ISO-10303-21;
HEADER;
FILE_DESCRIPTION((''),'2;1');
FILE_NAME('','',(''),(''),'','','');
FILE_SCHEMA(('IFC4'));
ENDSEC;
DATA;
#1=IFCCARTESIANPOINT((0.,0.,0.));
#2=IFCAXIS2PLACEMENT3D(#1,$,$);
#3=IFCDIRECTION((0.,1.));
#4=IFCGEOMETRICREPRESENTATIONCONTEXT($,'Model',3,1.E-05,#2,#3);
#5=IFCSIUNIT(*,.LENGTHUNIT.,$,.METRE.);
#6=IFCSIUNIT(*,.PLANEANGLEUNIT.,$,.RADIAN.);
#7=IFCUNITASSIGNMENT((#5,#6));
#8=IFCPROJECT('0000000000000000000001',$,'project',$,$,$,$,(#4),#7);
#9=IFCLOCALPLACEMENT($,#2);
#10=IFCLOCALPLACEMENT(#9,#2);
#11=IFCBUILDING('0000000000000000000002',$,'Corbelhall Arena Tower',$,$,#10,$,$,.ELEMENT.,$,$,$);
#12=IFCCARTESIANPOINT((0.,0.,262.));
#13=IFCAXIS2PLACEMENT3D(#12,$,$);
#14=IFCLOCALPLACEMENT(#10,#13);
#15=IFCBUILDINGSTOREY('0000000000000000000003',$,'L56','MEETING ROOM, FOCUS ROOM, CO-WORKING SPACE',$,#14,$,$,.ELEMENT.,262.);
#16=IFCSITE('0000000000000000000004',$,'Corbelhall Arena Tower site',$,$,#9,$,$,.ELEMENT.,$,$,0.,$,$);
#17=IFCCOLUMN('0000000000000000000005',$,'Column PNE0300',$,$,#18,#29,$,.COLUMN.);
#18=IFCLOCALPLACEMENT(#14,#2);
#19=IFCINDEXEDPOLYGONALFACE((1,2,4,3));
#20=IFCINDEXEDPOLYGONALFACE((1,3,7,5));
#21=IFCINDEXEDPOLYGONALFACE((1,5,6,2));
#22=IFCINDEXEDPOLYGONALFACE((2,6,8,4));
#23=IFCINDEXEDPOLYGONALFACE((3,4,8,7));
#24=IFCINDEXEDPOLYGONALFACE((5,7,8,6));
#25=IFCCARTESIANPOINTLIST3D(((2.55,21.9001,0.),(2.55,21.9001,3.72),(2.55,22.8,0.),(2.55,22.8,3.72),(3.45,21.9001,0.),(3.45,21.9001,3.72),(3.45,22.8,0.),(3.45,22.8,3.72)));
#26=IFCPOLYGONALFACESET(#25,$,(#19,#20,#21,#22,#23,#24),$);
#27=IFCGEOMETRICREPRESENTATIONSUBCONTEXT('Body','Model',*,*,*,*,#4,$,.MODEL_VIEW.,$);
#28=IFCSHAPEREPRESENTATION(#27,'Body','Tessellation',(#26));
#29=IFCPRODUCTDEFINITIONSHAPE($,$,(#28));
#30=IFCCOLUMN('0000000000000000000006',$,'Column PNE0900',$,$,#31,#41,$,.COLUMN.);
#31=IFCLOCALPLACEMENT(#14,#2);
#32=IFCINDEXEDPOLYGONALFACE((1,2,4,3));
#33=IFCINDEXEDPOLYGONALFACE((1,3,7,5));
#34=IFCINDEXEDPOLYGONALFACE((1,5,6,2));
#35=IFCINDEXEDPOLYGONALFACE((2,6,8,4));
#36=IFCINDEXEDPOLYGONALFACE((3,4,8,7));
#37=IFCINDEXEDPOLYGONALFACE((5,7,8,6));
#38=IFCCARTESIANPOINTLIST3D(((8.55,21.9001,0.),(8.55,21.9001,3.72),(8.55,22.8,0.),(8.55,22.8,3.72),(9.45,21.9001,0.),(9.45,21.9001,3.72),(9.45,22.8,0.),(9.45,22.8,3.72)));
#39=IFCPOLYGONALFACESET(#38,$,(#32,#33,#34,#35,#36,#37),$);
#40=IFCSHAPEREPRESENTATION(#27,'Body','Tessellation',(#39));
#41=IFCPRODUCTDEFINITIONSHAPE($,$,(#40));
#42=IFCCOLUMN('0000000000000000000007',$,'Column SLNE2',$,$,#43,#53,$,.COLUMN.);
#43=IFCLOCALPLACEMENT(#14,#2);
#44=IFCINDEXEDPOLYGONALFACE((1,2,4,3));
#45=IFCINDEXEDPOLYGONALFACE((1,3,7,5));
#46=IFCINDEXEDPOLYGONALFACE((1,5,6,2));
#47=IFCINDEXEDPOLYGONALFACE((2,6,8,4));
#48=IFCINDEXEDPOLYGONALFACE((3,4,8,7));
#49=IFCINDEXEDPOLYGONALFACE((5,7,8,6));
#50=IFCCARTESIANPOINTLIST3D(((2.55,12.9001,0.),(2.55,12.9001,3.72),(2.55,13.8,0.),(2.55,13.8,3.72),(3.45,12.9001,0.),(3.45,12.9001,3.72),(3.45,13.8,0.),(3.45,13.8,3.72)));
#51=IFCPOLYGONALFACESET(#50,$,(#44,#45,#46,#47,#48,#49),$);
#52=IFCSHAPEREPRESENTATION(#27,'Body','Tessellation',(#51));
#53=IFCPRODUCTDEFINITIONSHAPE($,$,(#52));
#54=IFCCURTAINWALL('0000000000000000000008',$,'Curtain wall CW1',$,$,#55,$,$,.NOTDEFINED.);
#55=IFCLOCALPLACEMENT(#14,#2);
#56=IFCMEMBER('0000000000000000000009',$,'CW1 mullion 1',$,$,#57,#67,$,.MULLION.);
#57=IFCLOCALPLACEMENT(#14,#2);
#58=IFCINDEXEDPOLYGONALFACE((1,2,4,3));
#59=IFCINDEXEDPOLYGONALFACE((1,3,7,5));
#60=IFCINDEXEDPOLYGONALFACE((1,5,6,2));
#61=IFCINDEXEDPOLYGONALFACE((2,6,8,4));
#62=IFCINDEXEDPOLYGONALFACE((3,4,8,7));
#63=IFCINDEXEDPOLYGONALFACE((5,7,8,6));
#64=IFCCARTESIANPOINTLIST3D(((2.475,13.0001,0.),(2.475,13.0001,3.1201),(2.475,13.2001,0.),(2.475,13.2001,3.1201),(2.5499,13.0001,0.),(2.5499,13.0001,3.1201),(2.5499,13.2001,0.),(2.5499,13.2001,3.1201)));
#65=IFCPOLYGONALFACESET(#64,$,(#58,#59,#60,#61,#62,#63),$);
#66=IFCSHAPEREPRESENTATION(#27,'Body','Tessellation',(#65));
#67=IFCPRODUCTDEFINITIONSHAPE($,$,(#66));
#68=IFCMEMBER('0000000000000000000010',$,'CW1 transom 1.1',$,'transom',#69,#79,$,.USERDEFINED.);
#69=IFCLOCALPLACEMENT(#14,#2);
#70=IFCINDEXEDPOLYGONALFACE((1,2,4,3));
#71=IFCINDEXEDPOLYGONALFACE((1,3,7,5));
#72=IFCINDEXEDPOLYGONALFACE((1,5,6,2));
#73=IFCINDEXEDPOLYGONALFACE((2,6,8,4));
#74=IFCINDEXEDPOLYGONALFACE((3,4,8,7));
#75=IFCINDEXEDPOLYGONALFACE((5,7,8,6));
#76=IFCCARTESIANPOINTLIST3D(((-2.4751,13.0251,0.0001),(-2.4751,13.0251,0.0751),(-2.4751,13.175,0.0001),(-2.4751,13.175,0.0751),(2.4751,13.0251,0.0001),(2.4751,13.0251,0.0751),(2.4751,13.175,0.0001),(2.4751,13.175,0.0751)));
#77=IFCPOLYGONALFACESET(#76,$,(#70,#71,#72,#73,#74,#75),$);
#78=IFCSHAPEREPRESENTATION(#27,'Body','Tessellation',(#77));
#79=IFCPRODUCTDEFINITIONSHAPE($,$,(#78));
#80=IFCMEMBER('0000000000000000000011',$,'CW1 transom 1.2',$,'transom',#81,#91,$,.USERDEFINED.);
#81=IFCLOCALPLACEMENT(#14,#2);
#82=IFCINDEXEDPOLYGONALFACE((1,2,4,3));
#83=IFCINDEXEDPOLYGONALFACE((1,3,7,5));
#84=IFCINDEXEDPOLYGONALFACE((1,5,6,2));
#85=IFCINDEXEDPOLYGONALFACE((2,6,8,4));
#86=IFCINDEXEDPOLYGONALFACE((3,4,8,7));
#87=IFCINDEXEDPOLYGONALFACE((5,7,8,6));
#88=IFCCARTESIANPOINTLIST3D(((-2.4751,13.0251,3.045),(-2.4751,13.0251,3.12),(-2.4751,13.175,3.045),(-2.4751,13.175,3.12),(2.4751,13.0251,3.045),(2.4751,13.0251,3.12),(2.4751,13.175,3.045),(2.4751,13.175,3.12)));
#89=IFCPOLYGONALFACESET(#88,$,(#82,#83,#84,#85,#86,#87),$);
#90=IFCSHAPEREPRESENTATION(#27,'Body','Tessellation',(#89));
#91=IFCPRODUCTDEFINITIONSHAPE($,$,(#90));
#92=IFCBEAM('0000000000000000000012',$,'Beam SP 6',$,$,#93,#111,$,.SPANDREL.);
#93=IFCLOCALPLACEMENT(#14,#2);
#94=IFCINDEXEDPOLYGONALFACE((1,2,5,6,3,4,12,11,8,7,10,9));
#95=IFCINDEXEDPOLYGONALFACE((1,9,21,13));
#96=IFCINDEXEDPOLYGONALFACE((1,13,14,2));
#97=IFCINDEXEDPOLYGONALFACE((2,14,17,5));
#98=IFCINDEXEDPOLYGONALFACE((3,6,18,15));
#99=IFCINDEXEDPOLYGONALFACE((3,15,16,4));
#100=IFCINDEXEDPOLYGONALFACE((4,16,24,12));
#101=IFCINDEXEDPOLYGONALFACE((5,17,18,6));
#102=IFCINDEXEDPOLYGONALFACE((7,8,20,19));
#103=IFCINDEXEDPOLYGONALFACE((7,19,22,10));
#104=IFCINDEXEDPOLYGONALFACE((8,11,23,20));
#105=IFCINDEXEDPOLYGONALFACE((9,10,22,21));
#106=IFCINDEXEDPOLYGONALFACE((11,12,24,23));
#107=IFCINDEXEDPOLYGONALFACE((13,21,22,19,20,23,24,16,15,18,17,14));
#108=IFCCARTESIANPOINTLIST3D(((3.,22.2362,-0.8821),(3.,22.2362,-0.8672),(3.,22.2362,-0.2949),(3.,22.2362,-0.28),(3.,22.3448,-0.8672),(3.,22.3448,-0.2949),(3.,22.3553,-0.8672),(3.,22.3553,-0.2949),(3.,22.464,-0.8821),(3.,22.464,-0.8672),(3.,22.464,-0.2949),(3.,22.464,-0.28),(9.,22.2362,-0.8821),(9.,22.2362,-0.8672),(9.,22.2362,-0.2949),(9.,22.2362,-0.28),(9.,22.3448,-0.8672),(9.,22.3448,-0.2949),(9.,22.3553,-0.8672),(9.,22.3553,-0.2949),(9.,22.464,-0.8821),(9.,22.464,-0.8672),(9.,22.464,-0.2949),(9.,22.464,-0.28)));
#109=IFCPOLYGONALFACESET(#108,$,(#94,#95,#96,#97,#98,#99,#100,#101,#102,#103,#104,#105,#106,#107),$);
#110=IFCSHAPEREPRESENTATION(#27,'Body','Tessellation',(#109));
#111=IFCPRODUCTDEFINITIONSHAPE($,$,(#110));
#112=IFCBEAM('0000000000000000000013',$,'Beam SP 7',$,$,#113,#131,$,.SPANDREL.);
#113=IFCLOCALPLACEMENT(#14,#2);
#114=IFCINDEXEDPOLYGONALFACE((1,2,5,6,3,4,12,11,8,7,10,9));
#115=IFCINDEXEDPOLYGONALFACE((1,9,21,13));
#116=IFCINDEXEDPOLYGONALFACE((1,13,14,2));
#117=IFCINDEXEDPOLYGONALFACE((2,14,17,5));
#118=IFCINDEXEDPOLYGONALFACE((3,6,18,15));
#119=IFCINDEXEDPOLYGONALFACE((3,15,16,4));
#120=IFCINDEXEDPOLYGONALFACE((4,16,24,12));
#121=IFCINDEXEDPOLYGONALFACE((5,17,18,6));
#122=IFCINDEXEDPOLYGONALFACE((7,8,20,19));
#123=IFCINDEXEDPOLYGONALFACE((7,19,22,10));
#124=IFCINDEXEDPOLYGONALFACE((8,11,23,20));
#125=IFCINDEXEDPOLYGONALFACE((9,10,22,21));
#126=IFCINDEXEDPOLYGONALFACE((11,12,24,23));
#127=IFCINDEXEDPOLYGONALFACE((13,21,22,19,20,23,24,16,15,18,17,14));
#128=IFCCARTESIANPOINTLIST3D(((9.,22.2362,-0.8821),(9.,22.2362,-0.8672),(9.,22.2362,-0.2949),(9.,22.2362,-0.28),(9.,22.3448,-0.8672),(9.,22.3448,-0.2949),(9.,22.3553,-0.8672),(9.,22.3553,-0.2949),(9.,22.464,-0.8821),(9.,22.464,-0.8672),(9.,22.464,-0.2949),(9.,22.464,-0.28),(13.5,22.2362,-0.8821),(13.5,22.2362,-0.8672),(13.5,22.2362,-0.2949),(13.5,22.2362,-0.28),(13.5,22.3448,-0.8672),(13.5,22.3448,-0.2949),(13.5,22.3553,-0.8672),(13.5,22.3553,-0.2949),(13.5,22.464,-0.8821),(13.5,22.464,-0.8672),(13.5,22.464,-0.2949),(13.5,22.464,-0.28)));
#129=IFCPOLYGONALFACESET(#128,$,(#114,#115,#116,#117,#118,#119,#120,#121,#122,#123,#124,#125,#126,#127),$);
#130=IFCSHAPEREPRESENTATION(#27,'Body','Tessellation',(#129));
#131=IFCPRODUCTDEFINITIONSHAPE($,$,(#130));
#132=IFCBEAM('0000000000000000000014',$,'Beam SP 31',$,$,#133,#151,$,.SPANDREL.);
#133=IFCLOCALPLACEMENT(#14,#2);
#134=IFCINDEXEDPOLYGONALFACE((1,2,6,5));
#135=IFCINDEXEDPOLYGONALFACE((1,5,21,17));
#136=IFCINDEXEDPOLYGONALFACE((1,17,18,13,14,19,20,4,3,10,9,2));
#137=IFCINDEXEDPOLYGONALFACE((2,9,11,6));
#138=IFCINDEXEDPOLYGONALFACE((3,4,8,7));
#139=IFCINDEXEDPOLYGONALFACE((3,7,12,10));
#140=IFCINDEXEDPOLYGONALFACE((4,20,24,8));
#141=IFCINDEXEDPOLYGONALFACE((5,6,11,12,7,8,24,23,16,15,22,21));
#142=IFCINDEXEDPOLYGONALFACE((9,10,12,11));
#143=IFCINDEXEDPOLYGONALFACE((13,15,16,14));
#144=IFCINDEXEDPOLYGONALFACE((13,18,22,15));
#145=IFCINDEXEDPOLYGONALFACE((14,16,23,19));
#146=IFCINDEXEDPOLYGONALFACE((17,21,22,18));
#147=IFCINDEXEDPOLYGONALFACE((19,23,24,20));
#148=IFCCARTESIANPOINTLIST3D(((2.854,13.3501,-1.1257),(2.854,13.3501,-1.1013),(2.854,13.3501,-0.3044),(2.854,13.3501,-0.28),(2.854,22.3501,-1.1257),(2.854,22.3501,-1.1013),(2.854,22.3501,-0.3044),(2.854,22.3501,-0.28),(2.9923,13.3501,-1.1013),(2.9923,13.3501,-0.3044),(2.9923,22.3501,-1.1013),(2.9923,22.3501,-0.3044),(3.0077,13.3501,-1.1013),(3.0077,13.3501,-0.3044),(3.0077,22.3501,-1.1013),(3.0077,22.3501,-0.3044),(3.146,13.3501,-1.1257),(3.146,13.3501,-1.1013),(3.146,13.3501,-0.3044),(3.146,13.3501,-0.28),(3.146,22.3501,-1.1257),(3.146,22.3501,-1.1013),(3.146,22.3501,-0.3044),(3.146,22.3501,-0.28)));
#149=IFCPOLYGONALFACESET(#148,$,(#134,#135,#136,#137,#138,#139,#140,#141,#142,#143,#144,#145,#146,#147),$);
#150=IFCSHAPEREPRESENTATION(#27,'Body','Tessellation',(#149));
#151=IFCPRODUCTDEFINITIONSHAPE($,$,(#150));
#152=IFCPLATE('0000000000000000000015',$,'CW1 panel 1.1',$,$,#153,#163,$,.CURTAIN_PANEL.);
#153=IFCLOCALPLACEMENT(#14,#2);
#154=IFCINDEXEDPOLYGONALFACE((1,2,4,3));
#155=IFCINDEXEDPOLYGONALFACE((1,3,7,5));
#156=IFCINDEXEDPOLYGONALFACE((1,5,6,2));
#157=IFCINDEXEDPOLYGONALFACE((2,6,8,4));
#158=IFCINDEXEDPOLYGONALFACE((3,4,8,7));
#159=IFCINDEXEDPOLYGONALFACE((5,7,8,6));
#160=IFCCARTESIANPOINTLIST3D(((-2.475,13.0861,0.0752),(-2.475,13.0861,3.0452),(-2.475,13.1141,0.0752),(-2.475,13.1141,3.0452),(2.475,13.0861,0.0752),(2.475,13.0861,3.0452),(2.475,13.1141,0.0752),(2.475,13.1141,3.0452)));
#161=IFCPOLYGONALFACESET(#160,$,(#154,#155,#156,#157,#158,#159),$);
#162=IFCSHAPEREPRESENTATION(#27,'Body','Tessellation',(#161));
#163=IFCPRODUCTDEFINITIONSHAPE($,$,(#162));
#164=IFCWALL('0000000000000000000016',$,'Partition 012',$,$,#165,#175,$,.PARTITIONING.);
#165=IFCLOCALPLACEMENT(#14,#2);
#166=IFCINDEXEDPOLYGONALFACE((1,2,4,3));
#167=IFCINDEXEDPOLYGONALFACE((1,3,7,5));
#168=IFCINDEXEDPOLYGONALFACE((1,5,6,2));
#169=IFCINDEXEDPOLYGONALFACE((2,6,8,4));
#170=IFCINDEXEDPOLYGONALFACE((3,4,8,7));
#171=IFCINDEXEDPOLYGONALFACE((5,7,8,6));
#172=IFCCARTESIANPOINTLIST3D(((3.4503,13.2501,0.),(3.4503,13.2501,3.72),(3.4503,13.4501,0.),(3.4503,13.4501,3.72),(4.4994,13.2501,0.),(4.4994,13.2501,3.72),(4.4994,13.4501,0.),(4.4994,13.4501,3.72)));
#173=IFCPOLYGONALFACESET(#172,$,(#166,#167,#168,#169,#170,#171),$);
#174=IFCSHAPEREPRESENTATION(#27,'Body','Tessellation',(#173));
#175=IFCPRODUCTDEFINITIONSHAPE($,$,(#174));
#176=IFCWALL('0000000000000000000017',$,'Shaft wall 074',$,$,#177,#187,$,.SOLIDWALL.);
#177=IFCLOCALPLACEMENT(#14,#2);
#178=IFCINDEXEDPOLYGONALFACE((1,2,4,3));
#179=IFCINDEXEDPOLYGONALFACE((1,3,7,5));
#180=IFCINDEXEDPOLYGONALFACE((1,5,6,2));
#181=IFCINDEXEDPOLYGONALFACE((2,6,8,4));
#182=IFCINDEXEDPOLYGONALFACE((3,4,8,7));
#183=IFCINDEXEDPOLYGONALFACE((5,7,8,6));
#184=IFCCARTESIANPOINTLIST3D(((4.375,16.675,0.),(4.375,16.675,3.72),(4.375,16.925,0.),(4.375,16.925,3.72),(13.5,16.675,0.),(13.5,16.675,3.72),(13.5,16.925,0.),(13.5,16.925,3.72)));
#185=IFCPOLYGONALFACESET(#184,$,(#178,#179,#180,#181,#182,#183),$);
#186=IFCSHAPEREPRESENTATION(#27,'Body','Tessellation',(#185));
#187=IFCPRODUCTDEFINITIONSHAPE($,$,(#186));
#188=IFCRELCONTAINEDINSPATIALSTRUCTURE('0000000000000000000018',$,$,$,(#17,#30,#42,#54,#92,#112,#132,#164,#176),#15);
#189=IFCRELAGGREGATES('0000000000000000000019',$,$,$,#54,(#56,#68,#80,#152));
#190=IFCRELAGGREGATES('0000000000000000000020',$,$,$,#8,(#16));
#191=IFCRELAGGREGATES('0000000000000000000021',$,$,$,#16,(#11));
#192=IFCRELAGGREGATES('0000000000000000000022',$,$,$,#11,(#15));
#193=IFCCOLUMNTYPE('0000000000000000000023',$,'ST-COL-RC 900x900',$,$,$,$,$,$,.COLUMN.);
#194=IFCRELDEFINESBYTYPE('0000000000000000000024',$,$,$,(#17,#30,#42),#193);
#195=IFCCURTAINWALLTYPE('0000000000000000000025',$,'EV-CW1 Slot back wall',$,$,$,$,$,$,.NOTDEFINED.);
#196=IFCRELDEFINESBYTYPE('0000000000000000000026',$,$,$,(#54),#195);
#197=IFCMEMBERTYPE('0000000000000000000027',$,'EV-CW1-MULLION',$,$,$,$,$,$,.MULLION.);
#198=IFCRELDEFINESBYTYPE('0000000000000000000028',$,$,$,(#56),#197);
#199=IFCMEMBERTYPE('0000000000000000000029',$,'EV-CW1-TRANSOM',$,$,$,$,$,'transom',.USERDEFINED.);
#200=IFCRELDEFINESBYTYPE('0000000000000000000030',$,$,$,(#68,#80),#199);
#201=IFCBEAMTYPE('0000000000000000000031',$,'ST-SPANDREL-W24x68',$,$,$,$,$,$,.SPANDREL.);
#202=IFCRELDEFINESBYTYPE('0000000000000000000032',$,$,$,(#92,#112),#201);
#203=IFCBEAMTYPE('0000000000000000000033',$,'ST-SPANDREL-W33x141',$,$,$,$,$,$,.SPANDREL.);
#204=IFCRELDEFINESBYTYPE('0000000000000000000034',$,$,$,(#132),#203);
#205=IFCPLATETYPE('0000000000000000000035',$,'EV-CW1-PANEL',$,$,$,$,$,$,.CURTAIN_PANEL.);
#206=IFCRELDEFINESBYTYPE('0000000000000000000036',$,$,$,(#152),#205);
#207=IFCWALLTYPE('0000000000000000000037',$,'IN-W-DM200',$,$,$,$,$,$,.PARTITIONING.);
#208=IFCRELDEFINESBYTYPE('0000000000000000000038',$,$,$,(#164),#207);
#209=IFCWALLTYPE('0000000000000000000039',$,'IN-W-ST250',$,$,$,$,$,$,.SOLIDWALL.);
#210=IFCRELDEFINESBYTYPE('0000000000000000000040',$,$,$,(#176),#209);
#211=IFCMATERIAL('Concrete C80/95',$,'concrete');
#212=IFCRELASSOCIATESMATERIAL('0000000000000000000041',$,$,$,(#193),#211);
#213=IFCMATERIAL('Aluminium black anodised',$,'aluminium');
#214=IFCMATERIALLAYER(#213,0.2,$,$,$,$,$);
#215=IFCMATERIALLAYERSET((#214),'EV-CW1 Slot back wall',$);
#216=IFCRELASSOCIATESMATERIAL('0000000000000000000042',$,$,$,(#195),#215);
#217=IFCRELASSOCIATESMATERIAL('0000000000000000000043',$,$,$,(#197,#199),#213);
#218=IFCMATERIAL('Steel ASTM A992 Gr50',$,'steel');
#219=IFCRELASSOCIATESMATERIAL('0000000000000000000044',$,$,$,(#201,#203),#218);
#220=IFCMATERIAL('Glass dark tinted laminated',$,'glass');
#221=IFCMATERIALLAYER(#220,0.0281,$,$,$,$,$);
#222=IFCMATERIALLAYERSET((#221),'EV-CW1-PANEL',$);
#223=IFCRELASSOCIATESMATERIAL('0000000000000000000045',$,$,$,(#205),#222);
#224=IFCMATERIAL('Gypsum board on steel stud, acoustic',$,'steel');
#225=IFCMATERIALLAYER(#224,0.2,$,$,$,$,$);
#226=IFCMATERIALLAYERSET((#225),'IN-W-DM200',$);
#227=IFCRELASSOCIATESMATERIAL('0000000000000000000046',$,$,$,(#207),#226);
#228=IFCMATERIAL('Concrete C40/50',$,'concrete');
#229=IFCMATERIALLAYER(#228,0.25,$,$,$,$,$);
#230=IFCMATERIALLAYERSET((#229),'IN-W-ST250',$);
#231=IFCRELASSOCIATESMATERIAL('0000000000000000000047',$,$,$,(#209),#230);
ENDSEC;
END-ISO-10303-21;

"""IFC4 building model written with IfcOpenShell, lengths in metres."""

from ifc_helpers import new_model, si_unit, direction, frame, frame_2d, origin, origin_2d, place, context, subcontext, project, spatial, rectangle, i_section, extrude, material, layer, layer_set, material_profile, profile_set, type_object, element, aggregate, save


model = new_model("IFC4")

# Units and contexts
model_context = context("Model", 3, precision=1e-05, world=origin(), true_north=direction((0.0, 1.0)))
body_context = subcontext(model_context, "Body", "Model", "MODEL_VIEW")
ifc_project = project(units=[si_unit("LENGTHUNIT", "METRE"), si_unit("PLANEANGLEUNIT", "RADIAN")], contexts=[model_context])

# Site, building, storey
site_placement = place(None, origin())
site = spatial("IfcSite", under=ifc_project, at=site_placement, Name="Corbelhall Arena Tower site", CompositionType="ELEMENT", RefElevation=0.0)
building_placement = place(site_placement, origin())
building = spatial("IfcBuilding", under=site, at=building_placement, Name="Corbelhall Arena Tower", CompositionType="ELEMENT")
storey_placement = place(building_placement, frame((0.0, 0.0, 262.0)))
storey = spatial("IfcBuildingStorey", under=building, at=storey_placement, Name="L56", Description="MEETING ROOM, FOCUS ROOM, CO-WORKING SPACE", CompositionType="ELEMENT", Elevation=262.0)

# Columns
ifc_material_1 = material(Name="Concrete C80/95", Category="concrete")
ifc_material_profile_1 = material_profile(ifc_material_1, rectangle(XDim=0.8999, YDim=0.8999, at=origin_2d()))
ifc_profile_set_1 = profile_set([ifc_material_profile_1], Name="Concrete C80/95")
column_type = type_object("IfcColumnType", Name="ST-COL-RC 900x900", PredefinedType="COLUMN", material=ifc_profile_set_1)
for number, where, z_axis, x_axis, name in (
    (1, (3.0, 22.3501, 0.0), (0.0, 0.0, 1.0), (1.0, 0.0, 0.0), "Column PNE0300"),
    (2, (9.0, 22.3501, 0.0), (0.0, 0.0, 1.0), (1.0, 0.0, 0.0), "Column PNE0900"),
    (3, (3.0, 13.3501, 0.0), (0.0, 0.0, 1.0), (1.0, 0.0, 0.0), "Column SLNE2"),
):
    element("IfcColumn", number, at=place(storey_placement, frame(where, z_axis=z_axis, x_axis=x_axis)), inside=storey, type_object=column_type, Name=name, PredefinedType="COLUMN", context=body_context, shape_type="SweptSolid", body=[
        extrude(rectangle(XDim=0.8999, YDim=0.8999, at=origin_2d()), origin(), (0.0, 0.0, 1.0), 3.72),
    ])

# Curtain wall, members
ifc_material_2 = material(Name="Aluminium black anodised", Category="aluminium")
ifc_layer_1 = layer(ifc_material_2, 0.2)
ifc_layer_set_1 = layer_set([ifc_layer_1], Name="EV-CW1 Slot back wall")
curtain_wall_type = type_object("IfcCurtainWallType", Name="EV-CW1 Slot back wall", PredefinedType="NOTDEFINED", material=ifc_layer_set_1)
curtain_wall_placement = place(storey_placement, origin())
curtain_wall = element("IfcCurtainWall", 4, at=curtain_wall_placement, inside=storey, type_object=curtain_wall_type, Name="Curtain wall CW1", PredefinedType="NOTDEFINED")
ifc_material_profile_2 = material_profile(ifc_material_2, rectangle(XDim=0.2, YDim=0.075, at=origin_2d()))
ifc_profile_set_2 = profile_set([ifc_material_profile_2], Name="Aluminium black anodised")
member_type_1 = type_object("IfcMemberType", Name="EV-CW1-MULLION", PredefinedType="MULLION", material=ifc_profile_set_2)
member_1_placement = place(storey_placement, frame((2.5125, 13.1001, 0.0), z_axis=(0.0, 0.0, 1.0), x_axis=(0.0, -1.0, 0.0)))
member_1 = element("IfcMember", 5, at=member_1_placement, type_object=member_type_1, Name="CW1 mullion 1", PredefinedType="MULLION", context=body_context, shape_type="SweptSolid", body=[
    extrude(rectangle(XDim=0.2, YDim=0.075, at=origin_2d()), origin(), (0.0, 0.0, 1.0), 3.1201),
])
ifc_material_profile_3 = material_profile(ifc_material_2, rectangle(XDim=0.1499, YDim=0.075, at=origin_2d()))
ifc_profile_set_3 = profile_set([ifc_material_profile_3], Name="Aluminium black anodised")
member_type_2 = type_object("IfcMemberType", Name="EV-CW1-TRANSOM", ElementType="transom", PredefinedType="USERDEFINED", material=ifc_profile_set_3)
member_2_placement = place(storey_placement, frame((2.4751, 13.1001, 0.0376), z_axis=(-1.0, 0.0, 0.0), x_axis=(0.0, -1.0, 0.0)))
member_2 = element("IfcMember", 6, at=member_2_placement, type_object=member_type_2, Name="CW1 transom 1.1", ObjectType="transom", PredefinedType="USERDEFINED", context=body_context, shape_type="SweptSolid", body=[
    extrude(rectangle(XDim=0.1499, YDim=0.075, at=origin_2d()), origin(), (0.0, 0.0, 1.0), 4.9502),
])
member_3_placement = place(storey_placement, frame((2.4751, 13.1001, 3.0825), z_axis=(-1.0, 0.0, 0.0), x_axis=(0.0, -1.0, 0.0)))
member_3 = element("IfcMember", 7, at=member_3_placement, type_object=member_type_2, Name="CW1 transom 1.2", ObjectType="transom", PredefinedType="USERDEFINED", context=body_context, shape_type="SweptSolid", body=[
    extrude(rectangle(XDim=0.1499, YDim=0.075, at=origin_2d()), origin(), (0.0, 0.0, 1.0), 4.9502),
])

# Beams
ifc_material_3 = material(Name="Steel ASTM A992 Gr50", Category="steel")
ifc_material_profile_4 = material_profile(ifc_material_3, i_section(OverallWidth=0.2278, OverallDepth=0.6021, WebThickness=0.0105, FlangeThickness=0.0149, at=origin_2d()))
ifc_profile_set_4 = profile_set([ifc_material_profile_4], Name="Steel ASTM A992 Gr50")
beam_type_1 = type_object("IfcBeamType", Name="ST-SPANDREL-W24x68", PredefinedType="SPANDREL", material=ifc_profile_set_4)
beam_1_placement = place(storey_placement, frame((3.0, 22.3501, -0.5811), z_axis=(1.0, 0.0, 0.0), x_axis=(0.0, 1.0, 0.0)))
element("IfcBeam", 8, at=beam_1_placement, inside=storey, type_object=beam_type_1, Name="Beam SP 6", PredefinedType="SPANDREL", context=body_context, shape_type="SweptSolid", body=[
    extrude(i_section(OverallWidth=0.2278, OverallDepth=0.6021, WebThickness=0.0105, FlangeThickness=0.0149, at=origin_2d()), origin(), (0.0, 0.0, 1.0), 6.0),
])
beam_2_placement = place(storey_placement, frame((9.0, 22.3501, -0.5811), z_axis=(1.0, 0.0, 0.0), x_axis=(0.0, 1.0, 0.0)))
element("IfcBeam", 9, at=beam_2_placement, inside=storey, type_object=beam_type_1, Name="Beam SP 7", PredefinedType="SPANDREL", context=body_context, shape_type="SweptSolid", body=[
    extrude(i_section(OverallWidth=0.2278, OverallDepth=0.6021, WebThickness=0.0105, FlangeThickness=0.0149, at=origin_2d()), origin(), (0.0, 0.0, 1.0), 4.5),
])
ifc_material_profile_5 = material_profile(ifc_material_3, i_section(OverallWidth=0.292, OverallDepth=0.8457, WebThickness=0.0154, FlangeThickness=0.0244, at=origin_2d()))
ifc_profile_set_5 = profile_set([ifc_material_profile_5], Name="Steel ASTM A992 Gr50")
beam_type_2 = type_object("IfcBeamType", Name="ST-SPANDREL-W33x141", PredefinedType="SPANDREL", material=ifc_profile_set_5)
beam_3_placement = place(storey_placement, frame((3.0, 13.3501, -0.7029), z_axis=(0.0, 1.0, 0.0), x_axis=(-1.0, 0.0, 0.0)))
element("IfcBeam", 10, at=beam_3_placement, inside=storey, type_object=beam_type_2, Name="Beam SP 31", PredefinedType="SPANDREL", context=body_context, shape_type="SweptSolid", body=[
    extrude(i_section(OverallWidth=0.292, OverallDepth=0.8457, WebThickness=0.0154, FlangeThickness=0.0244, at=origin_2d()), origin(), (0.0, 0.0, 1.0), 9.0),
])

# Plate
ifc_material_4 = material(Name="Glass dark tinted laminated", Category="glass")
ifc_layer_2 = layer(ifc_material_4, 0.0281)
ifc_layer_set_2 = layer_set([ifc_layer_2], Name="EV-CW1-PANEL")
plate_type = type_object("IfcPlateType", Name="EV-CW1-PANEL", PredefinedType="CURTAIN_PANEL", material=ifc_layer_set_2)
plate_placement = place(storey_placement, frame((0.0, 13.1001, 0.0752), z_axis=(0.0, 0.0, 1.0), x_axis=(-1.0, 0.0, 0.0)))
plate = element("IfcPlate", 11, at=plate_placement, type_object=plate_type, Name="CW1 panel 1.1", PredefinedType="CURTAIN_PANEL", context=body_context, shape_type="SweptSolid", body=[
    extrude(rectangle(XDim=4.95, YDim=0.0281, at=origin_2d()), origin(), (0.0, 0.0, 1.0), 2.97),
])
aggregate(curtain_wall, [member_1, member_2, member_3, plate])

# Walls
ifc_material_5 = material(Name="Gypsum board on steel stud, acoustic", Category="steel")
ifc_layer_3 = layer(ifc_material_5, 0.2)
ifc_layer_set_3 = layer_set([ifc_layer_3], Name="IN-W-DM200")
wall_type_1 = type_object("IfcWallType", Name="IN-W-DM200", PredefinedType="PARTITIONING", material=ifc_layer_set_3)
wall_1_placement = place(storey_placement, frame((3.4504, 13.3501, 0.0), z_axis=(0.0, 0.0, 1.0), x_axis=(1.0, 0.0, 0.0)))
element("IfcWall", 12, at=wall_1_placement, inside=storey, type_object=wall_type_1, Name="Partition 012", PredefinedType="PARTITIONING", context=body_context, shape_type="SweptSolid", body=[
    extrude(rectangle(XDim=1.0491, YDim=0.2, at=frame_2d((0.5244, 0.0))), origin(), (0.0, 0.0, 1.0), 3.72),
])
ifc_material_6 = material(Name="Concrete C40/50", Category="concrete")
ifc_layer_4 = layer(ifc_material_6, 0.25)
ifc_layer_set_4 = layer_set([ifc_layer_4], Name="IN-W-ST250")
wall_type_2 = type_object("IfcWallType", Name="IN-W-ST250", PredefinedType="SOLIDWALL", material=ifc_layer_set_4)
wall_2_placement = place(storey_placement, frame((4.375, 16.8, 0.0), z_axis=(0.0, 0.0, 1.0), x_axis=(1.0, 0.0, 0.0)))
element("IfcWall", 13, at=wall_2_placement, inside=storey, type_object=wall_type_2, Name="Shaft wall 074", PredefinedType="SOLIDWALL", context=body_context, shape_type="SweptSolid", body=[
    extrude(rectangle(XDim=9.125, YDim=0.25, at=frame_2d((4.5625, 0.0))), origin(), (0.0, 0.0, 1.0), 3.72),
])

save(model, "model.ifc")
